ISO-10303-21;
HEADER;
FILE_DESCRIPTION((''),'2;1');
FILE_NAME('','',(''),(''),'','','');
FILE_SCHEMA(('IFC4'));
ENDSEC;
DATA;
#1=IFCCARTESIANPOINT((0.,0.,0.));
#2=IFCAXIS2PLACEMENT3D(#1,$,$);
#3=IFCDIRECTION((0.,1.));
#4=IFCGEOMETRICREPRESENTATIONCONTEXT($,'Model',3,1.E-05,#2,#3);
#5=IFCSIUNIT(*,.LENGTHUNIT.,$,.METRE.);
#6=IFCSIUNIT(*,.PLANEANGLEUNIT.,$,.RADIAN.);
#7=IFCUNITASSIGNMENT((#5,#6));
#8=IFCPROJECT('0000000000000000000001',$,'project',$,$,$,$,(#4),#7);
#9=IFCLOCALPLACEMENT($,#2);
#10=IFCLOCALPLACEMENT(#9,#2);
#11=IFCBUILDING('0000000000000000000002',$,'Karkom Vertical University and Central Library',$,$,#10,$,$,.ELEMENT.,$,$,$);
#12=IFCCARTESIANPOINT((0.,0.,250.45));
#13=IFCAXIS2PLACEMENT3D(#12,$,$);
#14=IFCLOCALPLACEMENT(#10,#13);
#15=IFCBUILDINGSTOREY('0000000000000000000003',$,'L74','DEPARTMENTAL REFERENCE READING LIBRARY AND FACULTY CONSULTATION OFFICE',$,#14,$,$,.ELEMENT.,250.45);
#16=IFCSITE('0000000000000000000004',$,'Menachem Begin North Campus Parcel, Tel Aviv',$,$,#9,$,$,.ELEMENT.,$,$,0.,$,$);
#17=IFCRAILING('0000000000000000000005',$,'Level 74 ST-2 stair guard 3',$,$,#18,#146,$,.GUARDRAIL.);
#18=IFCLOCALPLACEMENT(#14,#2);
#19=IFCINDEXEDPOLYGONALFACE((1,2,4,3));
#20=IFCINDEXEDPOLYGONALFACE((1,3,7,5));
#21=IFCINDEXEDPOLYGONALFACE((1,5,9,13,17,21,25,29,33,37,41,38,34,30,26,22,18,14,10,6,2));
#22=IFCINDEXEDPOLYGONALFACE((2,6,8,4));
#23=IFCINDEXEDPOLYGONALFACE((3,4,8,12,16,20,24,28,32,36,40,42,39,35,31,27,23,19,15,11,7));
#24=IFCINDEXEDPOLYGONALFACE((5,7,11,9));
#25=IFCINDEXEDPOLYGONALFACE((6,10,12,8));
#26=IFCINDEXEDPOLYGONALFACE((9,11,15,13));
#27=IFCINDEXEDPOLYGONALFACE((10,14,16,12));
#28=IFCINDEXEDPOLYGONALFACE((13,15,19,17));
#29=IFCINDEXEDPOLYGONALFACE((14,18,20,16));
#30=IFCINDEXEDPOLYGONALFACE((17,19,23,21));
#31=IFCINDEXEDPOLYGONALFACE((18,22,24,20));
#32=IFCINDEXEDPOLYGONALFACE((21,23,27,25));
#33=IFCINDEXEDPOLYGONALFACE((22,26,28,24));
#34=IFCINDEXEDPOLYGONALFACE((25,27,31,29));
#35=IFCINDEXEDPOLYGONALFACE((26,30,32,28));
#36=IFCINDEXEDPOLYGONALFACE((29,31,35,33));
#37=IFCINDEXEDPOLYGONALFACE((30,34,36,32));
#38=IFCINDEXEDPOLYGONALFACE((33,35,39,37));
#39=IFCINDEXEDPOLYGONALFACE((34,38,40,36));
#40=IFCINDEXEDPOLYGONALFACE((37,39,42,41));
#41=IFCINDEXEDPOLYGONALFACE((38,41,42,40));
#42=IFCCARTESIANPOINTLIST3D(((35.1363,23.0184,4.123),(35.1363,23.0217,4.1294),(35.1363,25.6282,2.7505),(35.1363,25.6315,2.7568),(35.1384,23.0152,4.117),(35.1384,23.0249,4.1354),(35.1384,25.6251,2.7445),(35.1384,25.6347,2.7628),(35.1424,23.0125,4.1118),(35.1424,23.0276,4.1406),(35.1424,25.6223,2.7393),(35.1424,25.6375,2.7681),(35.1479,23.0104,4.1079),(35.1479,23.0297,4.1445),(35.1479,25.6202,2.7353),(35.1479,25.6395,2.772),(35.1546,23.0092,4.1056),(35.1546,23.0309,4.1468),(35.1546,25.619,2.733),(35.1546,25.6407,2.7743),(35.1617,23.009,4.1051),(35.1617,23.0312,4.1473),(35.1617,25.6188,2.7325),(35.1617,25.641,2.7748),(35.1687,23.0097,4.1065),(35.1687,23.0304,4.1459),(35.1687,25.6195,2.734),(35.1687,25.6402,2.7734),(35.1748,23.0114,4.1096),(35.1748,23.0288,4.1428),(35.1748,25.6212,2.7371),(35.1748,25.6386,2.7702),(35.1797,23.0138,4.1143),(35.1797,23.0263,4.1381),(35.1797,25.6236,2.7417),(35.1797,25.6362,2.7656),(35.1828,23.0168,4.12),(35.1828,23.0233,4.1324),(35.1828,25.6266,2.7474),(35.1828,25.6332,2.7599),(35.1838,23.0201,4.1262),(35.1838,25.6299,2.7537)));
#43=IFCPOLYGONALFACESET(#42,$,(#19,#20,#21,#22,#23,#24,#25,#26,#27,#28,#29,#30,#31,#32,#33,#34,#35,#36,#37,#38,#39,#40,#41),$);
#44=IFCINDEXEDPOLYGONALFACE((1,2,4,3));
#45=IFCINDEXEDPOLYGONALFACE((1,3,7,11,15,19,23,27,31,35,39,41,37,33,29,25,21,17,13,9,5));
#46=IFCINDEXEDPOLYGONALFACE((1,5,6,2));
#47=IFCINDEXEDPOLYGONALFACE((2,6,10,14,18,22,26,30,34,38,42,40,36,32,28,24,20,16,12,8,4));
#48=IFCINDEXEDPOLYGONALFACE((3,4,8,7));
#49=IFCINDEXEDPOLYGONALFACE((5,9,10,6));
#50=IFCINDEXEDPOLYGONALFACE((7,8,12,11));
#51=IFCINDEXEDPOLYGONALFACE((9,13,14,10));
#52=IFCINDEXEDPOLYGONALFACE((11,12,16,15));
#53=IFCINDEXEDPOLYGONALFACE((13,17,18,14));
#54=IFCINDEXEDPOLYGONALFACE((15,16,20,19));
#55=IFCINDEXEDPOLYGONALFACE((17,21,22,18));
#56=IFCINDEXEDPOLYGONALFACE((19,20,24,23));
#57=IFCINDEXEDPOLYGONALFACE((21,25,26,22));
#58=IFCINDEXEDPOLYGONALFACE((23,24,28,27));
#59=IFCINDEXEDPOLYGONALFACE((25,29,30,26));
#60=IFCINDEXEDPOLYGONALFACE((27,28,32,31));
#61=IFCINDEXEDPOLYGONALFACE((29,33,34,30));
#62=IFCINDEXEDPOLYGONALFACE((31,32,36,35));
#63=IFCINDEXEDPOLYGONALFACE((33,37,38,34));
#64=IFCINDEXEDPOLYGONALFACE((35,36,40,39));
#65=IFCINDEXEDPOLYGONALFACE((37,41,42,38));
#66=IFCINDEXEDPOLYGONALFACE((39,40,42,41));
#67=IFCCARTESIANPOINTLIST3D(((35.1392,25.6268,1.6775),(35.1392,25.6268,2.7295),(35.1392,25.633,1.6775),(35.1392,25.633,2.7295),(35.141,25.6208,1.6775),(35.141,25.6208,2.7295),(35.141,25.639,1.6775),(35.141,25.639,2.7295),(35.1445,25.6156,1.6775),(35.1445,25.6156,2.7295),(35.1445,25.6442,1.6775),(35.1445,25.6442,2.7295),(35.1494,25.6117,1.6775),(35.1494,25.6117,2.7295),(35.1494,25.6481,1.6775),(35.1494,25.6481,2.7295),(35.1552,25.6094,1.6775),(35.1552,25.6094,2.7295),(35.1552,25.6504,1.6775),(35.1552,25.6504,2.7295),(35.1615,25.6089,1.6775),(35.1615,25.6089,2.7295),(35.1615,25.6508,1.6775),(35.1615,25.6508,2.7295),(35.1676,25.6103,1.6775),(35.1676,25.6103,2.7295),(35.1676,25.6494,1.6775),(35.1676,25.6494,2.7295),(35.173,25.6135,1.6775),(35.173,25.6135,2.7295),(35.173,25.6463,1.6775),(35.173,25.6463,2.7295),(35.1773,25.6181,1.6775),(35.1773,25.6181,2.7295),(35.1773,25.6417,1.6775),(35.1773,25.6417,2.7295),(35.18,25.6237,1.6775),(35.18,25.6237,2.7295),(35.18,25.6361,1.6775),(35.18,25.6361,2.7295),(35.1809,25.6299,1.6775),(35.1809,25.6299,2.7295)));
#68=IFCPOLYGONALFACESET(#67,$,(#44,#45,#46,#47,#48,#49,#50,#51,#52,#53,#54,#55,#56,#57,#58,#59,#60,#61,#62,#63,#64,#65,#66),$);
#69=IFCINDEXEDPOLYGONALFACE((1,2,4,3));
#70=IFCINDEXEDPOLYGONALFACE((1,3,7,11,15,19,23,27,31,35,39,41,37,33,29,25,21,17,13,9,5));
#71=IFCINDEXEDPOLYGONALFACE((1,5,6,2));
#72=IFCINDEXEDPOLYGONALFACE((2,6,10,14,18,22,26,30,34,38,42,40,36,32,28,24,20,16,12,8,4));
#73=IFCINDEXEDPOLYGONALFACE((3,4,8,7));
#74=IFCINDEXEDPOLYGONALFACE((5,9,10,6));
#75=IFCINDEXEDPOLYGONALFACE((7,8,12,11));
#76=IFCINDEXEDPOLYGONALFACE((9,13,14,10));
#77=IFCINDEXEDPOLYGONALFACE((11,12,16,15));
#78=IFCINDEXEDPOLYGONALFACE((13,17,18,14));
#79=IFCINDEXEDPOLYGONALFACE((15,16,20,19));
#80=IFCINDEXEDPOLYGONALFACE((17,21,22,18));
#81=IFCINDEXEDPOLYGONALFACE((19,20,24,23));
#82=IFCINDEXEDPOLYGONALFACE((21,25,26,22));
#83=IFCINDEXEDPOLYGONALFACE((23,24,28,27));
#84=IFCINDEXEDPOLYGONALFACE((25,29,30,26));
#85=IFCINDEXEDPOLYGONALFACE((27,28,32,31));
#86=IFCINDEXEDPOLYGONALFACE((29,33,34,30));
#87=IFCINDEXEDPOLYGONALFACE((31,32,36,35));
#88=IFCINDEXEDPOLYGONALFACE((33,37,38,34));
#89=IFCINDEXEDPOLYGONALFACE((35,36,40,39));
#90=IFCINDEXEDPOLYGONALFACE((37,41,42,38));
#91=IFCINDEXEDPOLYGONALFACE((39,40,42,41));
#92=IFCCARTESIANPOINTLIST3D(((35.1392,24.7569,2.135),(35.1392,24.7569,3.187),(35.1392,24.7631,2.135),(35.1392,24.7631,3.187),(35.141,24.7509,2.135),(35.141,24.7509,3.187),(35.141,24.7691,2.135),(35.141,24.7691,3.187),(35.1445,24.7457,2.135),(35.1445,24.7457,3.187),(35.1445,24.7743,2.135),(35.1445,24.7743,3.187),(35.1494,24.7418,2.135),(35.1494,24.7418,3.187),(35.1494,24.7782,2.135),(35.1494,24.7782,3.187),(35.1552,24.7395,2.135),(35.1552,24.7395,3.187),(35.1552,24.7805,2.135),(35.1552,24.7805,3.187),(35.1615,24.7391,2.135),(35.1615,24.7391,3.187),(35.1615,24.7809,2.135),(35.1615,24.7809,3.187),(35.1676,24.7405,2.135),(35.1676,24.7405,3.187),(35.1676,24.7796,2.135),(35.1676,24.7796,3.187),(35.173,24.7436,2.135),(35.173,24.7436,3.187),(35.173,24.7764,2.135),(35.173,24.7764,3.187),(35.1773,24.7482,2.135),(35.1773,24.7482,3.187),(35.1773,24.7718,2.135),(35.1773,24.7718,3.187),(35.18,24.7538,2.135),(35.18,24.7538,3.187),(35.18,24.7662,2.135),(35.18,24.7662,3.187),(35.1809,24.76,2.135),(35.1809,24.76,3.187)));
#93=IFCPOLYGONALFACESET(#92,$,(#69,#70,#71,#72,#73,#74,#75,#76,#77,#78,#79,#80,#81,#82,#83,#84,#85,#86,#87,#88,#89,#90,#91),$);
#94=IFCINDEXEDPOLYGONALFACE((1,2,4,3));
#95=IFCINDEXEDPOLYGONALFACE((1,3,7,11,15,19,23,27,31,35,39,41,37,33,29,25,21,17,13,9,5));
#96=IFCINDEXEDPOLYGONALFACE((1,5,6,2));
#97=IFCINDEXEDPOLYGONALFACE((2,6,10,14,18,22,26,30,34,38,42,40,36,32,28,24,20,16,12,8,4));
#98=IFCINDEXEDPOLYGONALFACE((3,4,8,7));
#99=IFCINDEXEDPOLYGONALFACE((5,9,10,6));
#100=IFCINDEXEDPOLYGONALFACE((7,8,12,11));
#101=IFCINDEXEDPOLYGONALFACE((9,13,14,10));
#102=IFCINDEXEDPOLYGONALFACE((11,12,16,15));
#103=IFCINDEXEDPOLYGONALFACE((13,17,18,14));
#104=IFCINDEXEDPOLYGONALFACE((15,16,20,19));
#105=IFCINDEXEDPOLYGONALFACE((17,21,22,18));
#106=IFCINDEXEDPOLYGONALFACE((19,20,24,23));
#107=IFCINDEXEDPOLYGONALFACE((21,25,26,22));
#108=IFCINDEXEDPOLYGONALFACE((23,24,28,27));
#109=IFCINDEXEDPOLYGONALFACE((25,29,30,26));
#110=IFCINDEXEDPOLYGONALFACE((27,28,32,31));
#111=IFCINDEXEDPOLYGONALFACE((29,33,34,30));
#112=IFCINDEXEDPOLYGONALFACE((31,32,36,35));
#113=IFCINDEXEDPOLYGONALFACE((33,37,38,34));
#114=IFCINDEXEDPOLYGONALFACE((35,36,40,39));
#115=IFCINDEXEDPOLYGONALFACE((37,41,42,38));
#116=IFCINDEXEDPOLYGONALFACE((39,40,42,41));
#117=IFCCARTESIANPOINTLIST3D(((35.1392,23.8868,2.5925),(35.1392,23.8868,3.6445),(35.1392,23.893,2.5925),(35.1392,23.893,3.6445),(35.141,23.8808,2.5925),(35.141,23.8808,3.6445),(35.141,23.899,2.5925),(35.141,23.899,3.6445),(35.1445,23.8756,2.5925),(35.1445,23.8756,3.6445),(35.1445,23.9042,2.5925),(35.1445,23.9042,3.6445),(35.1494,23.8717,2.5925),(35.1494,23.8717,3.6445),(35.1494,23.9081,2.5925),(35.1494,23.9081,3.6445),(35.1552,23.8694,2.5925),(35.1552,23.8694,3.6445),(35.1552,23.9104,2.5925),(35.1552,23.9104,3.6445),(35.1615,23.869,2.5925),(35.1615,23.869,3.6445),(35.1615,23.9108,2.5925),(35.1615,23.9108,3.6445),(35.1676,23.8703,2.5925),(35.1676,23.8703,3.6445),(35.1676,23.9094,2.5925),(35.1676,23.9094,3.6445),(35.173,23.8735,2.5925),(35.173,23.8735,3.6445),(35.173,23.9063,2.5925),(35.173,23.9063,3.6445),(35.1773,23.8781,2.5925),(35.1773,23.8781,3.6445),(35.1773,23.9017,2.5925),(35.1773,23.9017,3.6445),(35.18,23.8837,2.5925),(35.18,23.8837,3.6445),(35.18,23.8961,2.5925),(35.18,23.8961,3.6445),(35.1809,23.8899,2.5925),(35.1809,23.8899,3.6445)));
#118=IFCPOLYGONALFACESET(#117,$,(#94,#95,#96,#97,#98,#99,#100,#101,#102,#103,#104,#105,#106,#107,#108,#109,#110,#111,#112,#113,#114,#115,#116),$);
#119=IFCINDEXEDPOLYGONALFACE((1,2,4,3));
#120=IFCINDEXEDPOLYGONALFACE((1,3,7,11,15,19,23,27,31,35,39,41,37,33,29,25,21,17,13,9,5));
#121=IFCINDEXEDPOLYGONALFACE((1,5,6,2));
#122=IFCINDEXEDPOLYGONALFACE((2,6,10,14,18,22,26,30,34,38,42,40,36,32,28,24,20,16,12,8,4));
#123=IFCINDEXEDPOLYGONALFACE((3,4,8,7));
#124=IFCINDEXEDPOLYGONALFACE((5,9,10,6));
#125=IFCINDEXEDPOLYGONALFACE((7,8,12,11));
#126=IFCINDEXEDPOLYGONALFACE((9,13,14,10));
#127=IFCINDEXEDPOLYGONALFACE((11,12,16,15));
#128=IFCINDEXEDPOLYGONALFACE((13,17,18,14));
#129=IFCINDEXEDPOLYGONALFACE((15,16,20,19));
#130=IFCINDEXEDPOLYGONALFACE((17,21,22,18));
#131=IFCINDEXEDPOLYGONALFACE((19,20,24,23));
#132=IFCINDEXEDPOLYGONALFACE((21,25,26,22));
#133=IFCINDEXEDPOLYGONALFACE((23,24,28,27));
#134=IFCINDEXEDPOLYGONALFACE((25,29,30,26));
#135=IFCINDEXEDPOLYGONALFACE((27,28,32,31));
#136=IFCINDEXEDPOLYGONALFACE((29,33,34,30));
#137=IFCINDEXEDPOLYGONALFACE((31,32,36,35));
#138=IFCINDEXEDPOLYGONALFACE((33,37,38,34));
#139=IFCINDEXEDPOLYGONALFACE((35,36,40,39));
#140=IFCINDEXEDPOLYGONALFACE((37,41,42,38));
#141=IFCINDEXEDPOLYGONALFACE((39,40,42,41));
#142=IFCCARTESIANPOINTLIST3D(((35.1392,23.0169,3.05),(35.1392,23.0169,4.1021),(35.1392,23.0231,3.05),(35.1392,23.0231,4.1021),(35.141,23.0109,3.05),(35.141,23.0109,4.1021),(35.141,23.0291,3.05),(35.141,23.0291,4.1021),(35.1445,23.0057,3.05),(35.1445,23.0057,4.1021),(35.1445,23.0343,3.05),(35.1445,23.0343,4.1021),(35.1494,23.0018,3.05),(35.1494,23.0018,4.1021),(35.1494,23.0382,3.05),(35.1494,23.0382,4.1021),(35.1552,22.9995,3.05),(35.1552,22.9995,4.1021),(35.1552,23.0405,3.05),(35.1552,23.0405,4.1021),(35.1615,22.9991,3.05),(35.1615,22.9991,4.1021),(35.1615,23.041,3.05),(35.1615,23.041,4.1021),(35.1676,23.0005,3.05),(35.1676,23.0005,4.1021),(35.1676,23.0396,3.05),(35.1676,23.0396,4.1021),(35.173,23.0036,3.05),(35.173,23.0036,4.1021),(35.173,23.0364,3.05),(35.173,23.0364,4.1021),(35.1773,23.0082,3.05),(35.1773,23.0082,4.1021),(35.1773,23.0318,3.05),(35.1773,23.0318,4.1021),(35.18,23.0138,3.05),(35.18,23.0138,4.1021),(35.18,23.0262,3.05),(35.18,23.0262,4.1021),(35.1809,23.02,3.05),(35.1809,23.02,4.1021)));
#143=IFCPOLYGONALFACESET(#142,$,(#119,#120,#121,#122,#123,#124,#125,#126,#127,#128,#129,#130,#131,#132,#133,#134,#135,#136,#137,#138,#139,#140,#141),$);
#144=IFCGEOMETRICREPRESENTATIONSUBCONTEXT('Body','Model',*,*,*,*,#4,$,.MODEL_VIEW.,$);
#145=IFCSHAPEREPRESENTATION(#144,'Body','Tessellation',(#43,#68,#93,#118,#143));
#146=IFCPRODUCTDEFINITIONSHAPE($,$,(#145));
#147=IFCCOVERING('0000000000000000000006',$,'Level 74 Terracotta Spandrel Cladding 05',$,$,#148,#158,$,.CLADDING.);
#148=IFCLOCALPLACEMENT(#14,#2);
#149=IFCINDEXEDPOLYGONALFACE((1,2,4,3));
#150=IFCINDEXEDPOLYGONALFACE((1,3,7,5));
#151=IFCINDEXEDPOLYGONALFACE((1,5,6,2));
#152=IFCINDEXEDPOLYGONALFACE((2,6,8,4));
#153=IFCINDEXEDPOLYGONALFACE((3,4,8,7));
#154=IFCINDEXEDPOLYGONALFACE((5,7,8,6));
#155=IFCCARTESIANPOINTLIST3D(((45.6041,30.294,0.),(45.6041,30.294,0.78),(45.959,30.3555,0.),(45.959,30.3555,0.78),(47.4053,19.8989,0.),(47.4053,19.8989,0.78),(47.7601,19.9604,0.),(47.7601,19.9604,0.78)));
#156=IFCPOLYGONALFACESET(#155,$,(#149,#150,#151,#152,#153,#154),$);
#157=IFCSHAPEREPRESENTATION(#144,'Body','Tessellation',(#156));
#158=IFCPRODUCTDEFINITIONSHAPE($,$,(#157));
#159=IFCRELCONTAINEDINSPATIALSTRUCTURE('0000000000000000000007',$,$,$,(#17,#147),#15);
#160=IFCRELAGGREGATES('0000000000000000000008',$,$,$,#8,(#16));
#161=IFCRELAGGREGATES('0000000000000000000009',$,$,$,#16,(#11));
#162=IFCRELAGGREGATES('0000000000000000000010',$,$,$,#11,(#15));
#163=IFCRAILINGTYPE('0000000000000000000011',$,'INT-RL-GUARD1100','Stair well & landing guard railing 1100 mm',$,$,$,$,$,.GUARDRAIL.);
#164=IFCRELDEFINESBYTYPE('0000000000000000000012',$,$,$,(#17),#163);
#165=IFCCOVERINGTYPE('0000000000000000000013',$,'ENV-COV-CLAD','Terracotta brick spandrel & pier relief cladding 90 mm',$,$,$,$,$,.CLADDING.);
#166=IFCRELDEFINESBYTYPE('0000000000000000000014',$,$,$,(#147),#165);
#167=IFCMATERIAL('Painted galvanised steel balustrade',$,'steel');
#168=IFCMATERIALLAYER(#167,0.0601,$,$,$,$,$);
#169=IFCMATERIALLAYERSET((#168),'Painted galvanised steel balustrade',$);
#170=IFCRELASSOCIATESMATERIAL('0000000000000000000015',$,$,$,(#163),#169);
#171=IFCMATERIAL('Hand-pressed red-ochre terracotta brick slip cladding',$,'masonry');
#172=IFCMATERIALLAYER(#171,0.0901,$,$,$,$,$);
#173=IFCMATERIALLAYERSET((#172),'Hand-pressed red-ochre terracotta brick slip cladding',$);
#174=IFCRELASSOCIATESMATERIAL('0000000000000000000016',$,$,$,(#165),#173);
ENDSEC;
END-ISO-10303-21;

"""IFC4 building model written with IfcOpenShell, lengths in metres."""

from ifc_helpers import new_model, si_unit, direction, frame, origin, origin_with_axes, origin_2d, place, context, subcontext, project, spatial, rectangle, circle, extrude, source, transform, mapped, material, layer, layer_set, type_object, element, save


model = new_model("IFC4")

# Units and contexts
model_context = context("Model", 3, precision=1e-05, world=origin(), true_north=direction((0.0, 1.0)))
body_context = subcontext(model_context, "Body", "Model", "MODEL_VIEW")
ifc_project = project(units=[si_unit("LENGTHUNIT", "METRE"), si_unit("PLANEANGLEUNIT", "RADIAN")], contexts=[model_context])

# Site, building, storey
site_placement = place(None, origin())
site = spatial("IfcSite", under=ifc_project, at=site_placement, Name="Menachem Begin North Campus Parcel, Tel Aviv", CompositionType="ELEMENT", RefElevation=0.0)
building_placement = place(site_placement, origin())
building = spatial("IfcBuilding", under=site, at=building_placement, Name="Karkom Vertical University and Central Library", CompositionType="ELEMENT")
storey_placement = place(building_placement, frame((0.0, 0.0, 250.45)))
storey = spatial("IfcBuildingStorey", under=building, at=storey_placement, Name="L74", Description="DEPARTMENTAL REFERENCE READING LIBRARY AND FACULTY CONSULTATION OFFICE", CompositionType="ELEMENT", Elevation=250.45)

# Railing
ifc_material_1 = material(Name="Painted galvanised steel balustrade", Category="steel")
ifc_layer_1 = layer(ifc_material_1, 0.0601)
ifc_layer_set_1 = layer_set([ifc_layer_1], Name="Painted galvanised steel balustrade")
railing_type = type_object("IfcRailingType", Name="INT-RL-GUARD1100", Description="Stair well & landing guard railing 1100 mm", PredefinedType="GUARDRAIL", material=ifc_layer_set_1)
railing_1_placement = place(storey_placement, frame((35.1599, 25.6299, 1.6775)))
element("IfcRailing", 1, at=railing_1_placement, inside=storey, type_object=railing_type, Name="Level 74 ST-2 stair guard 3", PredefinedType="GUARDRAIL", context=body_context, shape_type="SweptSolid", body=[
    extrude(circle(Radius=0.0239, at=origin_2d()), frame((0.0, 0.0, 1.0762), z_axis=(0.0, -0.885065, 0.465467), x_axis=(1.0, 0.0, 0.0)), (0.0, 0.0, 1.0), 2.9487),
    extrude(circle(Radius=0.021, at=origin_2d()), origin(), (0.0, 0.0, 1.0), 1.052),
    extrude(circle(Radius=0.021, at=origin_2d()), frame((0.0, -0.8699, 0.4575)), (0.0, 0.0, 1.0), 1.052),
    extrude(circle(Radius=0.021, at=origin_2d()), frame((0.0, -1.74, 0.915)), (0.0, 0.0, 1.0), 1.052),
    extrude(circle(Radius=0.021, at=origin_2d()), frame((0.0, -2.6099, 1.3726)), (0.0, 0.0, 1.0), 1.052),
])

# Covering
ifc_material_2 = material(Name="Hand-pressed red-ochre terracotta brick slip cladding", Category="masonry")
ifc_layer_2 = layer(ifc_material_2, 0.0901)
ifc_layer_set_2 = layer_set([ifc_layer_2], Name="Hand-pressed red-ochre terracotta brick slip cladding")
covering_type = type_object("IfcCoveringType", Name="ENV-COV-CLAD", Description="Terracotta brick spandrel & pier relief cladding 90 mm", PredefinedType="CLADDING", material=ifc_layer_set_2)
shared_shape_1 = source(origin_with_axes(), body_context, "Body", "SweptSolid", [
    extrude(rectangle(XDim=10.55, YDim=0.3601, at=origin_2d()), origin(), (0.0, 0.0, 1.0), 0.78),
])
covering_placement = place(storey_placement, frame((46.6821, 25.1272, 0.0), z_axis=(0.0, 0.0, 1.0), x_axis=(-0.170725, 0.985319, 0.0)))
element("IfcCovering", 2, at=covering_placement, inside=storey, type_object=covering_type, Name="Level 74 Terracotta Spandrel Cladding 05", PredefinedType="CLADDING", context=body_context, shape_type="MappedRepresentation", body=[
    mapped(shared_shape_1, transform((0.0, 0.0, 0.0), scale=1.0)),
])

save(model, "model.ifc")
